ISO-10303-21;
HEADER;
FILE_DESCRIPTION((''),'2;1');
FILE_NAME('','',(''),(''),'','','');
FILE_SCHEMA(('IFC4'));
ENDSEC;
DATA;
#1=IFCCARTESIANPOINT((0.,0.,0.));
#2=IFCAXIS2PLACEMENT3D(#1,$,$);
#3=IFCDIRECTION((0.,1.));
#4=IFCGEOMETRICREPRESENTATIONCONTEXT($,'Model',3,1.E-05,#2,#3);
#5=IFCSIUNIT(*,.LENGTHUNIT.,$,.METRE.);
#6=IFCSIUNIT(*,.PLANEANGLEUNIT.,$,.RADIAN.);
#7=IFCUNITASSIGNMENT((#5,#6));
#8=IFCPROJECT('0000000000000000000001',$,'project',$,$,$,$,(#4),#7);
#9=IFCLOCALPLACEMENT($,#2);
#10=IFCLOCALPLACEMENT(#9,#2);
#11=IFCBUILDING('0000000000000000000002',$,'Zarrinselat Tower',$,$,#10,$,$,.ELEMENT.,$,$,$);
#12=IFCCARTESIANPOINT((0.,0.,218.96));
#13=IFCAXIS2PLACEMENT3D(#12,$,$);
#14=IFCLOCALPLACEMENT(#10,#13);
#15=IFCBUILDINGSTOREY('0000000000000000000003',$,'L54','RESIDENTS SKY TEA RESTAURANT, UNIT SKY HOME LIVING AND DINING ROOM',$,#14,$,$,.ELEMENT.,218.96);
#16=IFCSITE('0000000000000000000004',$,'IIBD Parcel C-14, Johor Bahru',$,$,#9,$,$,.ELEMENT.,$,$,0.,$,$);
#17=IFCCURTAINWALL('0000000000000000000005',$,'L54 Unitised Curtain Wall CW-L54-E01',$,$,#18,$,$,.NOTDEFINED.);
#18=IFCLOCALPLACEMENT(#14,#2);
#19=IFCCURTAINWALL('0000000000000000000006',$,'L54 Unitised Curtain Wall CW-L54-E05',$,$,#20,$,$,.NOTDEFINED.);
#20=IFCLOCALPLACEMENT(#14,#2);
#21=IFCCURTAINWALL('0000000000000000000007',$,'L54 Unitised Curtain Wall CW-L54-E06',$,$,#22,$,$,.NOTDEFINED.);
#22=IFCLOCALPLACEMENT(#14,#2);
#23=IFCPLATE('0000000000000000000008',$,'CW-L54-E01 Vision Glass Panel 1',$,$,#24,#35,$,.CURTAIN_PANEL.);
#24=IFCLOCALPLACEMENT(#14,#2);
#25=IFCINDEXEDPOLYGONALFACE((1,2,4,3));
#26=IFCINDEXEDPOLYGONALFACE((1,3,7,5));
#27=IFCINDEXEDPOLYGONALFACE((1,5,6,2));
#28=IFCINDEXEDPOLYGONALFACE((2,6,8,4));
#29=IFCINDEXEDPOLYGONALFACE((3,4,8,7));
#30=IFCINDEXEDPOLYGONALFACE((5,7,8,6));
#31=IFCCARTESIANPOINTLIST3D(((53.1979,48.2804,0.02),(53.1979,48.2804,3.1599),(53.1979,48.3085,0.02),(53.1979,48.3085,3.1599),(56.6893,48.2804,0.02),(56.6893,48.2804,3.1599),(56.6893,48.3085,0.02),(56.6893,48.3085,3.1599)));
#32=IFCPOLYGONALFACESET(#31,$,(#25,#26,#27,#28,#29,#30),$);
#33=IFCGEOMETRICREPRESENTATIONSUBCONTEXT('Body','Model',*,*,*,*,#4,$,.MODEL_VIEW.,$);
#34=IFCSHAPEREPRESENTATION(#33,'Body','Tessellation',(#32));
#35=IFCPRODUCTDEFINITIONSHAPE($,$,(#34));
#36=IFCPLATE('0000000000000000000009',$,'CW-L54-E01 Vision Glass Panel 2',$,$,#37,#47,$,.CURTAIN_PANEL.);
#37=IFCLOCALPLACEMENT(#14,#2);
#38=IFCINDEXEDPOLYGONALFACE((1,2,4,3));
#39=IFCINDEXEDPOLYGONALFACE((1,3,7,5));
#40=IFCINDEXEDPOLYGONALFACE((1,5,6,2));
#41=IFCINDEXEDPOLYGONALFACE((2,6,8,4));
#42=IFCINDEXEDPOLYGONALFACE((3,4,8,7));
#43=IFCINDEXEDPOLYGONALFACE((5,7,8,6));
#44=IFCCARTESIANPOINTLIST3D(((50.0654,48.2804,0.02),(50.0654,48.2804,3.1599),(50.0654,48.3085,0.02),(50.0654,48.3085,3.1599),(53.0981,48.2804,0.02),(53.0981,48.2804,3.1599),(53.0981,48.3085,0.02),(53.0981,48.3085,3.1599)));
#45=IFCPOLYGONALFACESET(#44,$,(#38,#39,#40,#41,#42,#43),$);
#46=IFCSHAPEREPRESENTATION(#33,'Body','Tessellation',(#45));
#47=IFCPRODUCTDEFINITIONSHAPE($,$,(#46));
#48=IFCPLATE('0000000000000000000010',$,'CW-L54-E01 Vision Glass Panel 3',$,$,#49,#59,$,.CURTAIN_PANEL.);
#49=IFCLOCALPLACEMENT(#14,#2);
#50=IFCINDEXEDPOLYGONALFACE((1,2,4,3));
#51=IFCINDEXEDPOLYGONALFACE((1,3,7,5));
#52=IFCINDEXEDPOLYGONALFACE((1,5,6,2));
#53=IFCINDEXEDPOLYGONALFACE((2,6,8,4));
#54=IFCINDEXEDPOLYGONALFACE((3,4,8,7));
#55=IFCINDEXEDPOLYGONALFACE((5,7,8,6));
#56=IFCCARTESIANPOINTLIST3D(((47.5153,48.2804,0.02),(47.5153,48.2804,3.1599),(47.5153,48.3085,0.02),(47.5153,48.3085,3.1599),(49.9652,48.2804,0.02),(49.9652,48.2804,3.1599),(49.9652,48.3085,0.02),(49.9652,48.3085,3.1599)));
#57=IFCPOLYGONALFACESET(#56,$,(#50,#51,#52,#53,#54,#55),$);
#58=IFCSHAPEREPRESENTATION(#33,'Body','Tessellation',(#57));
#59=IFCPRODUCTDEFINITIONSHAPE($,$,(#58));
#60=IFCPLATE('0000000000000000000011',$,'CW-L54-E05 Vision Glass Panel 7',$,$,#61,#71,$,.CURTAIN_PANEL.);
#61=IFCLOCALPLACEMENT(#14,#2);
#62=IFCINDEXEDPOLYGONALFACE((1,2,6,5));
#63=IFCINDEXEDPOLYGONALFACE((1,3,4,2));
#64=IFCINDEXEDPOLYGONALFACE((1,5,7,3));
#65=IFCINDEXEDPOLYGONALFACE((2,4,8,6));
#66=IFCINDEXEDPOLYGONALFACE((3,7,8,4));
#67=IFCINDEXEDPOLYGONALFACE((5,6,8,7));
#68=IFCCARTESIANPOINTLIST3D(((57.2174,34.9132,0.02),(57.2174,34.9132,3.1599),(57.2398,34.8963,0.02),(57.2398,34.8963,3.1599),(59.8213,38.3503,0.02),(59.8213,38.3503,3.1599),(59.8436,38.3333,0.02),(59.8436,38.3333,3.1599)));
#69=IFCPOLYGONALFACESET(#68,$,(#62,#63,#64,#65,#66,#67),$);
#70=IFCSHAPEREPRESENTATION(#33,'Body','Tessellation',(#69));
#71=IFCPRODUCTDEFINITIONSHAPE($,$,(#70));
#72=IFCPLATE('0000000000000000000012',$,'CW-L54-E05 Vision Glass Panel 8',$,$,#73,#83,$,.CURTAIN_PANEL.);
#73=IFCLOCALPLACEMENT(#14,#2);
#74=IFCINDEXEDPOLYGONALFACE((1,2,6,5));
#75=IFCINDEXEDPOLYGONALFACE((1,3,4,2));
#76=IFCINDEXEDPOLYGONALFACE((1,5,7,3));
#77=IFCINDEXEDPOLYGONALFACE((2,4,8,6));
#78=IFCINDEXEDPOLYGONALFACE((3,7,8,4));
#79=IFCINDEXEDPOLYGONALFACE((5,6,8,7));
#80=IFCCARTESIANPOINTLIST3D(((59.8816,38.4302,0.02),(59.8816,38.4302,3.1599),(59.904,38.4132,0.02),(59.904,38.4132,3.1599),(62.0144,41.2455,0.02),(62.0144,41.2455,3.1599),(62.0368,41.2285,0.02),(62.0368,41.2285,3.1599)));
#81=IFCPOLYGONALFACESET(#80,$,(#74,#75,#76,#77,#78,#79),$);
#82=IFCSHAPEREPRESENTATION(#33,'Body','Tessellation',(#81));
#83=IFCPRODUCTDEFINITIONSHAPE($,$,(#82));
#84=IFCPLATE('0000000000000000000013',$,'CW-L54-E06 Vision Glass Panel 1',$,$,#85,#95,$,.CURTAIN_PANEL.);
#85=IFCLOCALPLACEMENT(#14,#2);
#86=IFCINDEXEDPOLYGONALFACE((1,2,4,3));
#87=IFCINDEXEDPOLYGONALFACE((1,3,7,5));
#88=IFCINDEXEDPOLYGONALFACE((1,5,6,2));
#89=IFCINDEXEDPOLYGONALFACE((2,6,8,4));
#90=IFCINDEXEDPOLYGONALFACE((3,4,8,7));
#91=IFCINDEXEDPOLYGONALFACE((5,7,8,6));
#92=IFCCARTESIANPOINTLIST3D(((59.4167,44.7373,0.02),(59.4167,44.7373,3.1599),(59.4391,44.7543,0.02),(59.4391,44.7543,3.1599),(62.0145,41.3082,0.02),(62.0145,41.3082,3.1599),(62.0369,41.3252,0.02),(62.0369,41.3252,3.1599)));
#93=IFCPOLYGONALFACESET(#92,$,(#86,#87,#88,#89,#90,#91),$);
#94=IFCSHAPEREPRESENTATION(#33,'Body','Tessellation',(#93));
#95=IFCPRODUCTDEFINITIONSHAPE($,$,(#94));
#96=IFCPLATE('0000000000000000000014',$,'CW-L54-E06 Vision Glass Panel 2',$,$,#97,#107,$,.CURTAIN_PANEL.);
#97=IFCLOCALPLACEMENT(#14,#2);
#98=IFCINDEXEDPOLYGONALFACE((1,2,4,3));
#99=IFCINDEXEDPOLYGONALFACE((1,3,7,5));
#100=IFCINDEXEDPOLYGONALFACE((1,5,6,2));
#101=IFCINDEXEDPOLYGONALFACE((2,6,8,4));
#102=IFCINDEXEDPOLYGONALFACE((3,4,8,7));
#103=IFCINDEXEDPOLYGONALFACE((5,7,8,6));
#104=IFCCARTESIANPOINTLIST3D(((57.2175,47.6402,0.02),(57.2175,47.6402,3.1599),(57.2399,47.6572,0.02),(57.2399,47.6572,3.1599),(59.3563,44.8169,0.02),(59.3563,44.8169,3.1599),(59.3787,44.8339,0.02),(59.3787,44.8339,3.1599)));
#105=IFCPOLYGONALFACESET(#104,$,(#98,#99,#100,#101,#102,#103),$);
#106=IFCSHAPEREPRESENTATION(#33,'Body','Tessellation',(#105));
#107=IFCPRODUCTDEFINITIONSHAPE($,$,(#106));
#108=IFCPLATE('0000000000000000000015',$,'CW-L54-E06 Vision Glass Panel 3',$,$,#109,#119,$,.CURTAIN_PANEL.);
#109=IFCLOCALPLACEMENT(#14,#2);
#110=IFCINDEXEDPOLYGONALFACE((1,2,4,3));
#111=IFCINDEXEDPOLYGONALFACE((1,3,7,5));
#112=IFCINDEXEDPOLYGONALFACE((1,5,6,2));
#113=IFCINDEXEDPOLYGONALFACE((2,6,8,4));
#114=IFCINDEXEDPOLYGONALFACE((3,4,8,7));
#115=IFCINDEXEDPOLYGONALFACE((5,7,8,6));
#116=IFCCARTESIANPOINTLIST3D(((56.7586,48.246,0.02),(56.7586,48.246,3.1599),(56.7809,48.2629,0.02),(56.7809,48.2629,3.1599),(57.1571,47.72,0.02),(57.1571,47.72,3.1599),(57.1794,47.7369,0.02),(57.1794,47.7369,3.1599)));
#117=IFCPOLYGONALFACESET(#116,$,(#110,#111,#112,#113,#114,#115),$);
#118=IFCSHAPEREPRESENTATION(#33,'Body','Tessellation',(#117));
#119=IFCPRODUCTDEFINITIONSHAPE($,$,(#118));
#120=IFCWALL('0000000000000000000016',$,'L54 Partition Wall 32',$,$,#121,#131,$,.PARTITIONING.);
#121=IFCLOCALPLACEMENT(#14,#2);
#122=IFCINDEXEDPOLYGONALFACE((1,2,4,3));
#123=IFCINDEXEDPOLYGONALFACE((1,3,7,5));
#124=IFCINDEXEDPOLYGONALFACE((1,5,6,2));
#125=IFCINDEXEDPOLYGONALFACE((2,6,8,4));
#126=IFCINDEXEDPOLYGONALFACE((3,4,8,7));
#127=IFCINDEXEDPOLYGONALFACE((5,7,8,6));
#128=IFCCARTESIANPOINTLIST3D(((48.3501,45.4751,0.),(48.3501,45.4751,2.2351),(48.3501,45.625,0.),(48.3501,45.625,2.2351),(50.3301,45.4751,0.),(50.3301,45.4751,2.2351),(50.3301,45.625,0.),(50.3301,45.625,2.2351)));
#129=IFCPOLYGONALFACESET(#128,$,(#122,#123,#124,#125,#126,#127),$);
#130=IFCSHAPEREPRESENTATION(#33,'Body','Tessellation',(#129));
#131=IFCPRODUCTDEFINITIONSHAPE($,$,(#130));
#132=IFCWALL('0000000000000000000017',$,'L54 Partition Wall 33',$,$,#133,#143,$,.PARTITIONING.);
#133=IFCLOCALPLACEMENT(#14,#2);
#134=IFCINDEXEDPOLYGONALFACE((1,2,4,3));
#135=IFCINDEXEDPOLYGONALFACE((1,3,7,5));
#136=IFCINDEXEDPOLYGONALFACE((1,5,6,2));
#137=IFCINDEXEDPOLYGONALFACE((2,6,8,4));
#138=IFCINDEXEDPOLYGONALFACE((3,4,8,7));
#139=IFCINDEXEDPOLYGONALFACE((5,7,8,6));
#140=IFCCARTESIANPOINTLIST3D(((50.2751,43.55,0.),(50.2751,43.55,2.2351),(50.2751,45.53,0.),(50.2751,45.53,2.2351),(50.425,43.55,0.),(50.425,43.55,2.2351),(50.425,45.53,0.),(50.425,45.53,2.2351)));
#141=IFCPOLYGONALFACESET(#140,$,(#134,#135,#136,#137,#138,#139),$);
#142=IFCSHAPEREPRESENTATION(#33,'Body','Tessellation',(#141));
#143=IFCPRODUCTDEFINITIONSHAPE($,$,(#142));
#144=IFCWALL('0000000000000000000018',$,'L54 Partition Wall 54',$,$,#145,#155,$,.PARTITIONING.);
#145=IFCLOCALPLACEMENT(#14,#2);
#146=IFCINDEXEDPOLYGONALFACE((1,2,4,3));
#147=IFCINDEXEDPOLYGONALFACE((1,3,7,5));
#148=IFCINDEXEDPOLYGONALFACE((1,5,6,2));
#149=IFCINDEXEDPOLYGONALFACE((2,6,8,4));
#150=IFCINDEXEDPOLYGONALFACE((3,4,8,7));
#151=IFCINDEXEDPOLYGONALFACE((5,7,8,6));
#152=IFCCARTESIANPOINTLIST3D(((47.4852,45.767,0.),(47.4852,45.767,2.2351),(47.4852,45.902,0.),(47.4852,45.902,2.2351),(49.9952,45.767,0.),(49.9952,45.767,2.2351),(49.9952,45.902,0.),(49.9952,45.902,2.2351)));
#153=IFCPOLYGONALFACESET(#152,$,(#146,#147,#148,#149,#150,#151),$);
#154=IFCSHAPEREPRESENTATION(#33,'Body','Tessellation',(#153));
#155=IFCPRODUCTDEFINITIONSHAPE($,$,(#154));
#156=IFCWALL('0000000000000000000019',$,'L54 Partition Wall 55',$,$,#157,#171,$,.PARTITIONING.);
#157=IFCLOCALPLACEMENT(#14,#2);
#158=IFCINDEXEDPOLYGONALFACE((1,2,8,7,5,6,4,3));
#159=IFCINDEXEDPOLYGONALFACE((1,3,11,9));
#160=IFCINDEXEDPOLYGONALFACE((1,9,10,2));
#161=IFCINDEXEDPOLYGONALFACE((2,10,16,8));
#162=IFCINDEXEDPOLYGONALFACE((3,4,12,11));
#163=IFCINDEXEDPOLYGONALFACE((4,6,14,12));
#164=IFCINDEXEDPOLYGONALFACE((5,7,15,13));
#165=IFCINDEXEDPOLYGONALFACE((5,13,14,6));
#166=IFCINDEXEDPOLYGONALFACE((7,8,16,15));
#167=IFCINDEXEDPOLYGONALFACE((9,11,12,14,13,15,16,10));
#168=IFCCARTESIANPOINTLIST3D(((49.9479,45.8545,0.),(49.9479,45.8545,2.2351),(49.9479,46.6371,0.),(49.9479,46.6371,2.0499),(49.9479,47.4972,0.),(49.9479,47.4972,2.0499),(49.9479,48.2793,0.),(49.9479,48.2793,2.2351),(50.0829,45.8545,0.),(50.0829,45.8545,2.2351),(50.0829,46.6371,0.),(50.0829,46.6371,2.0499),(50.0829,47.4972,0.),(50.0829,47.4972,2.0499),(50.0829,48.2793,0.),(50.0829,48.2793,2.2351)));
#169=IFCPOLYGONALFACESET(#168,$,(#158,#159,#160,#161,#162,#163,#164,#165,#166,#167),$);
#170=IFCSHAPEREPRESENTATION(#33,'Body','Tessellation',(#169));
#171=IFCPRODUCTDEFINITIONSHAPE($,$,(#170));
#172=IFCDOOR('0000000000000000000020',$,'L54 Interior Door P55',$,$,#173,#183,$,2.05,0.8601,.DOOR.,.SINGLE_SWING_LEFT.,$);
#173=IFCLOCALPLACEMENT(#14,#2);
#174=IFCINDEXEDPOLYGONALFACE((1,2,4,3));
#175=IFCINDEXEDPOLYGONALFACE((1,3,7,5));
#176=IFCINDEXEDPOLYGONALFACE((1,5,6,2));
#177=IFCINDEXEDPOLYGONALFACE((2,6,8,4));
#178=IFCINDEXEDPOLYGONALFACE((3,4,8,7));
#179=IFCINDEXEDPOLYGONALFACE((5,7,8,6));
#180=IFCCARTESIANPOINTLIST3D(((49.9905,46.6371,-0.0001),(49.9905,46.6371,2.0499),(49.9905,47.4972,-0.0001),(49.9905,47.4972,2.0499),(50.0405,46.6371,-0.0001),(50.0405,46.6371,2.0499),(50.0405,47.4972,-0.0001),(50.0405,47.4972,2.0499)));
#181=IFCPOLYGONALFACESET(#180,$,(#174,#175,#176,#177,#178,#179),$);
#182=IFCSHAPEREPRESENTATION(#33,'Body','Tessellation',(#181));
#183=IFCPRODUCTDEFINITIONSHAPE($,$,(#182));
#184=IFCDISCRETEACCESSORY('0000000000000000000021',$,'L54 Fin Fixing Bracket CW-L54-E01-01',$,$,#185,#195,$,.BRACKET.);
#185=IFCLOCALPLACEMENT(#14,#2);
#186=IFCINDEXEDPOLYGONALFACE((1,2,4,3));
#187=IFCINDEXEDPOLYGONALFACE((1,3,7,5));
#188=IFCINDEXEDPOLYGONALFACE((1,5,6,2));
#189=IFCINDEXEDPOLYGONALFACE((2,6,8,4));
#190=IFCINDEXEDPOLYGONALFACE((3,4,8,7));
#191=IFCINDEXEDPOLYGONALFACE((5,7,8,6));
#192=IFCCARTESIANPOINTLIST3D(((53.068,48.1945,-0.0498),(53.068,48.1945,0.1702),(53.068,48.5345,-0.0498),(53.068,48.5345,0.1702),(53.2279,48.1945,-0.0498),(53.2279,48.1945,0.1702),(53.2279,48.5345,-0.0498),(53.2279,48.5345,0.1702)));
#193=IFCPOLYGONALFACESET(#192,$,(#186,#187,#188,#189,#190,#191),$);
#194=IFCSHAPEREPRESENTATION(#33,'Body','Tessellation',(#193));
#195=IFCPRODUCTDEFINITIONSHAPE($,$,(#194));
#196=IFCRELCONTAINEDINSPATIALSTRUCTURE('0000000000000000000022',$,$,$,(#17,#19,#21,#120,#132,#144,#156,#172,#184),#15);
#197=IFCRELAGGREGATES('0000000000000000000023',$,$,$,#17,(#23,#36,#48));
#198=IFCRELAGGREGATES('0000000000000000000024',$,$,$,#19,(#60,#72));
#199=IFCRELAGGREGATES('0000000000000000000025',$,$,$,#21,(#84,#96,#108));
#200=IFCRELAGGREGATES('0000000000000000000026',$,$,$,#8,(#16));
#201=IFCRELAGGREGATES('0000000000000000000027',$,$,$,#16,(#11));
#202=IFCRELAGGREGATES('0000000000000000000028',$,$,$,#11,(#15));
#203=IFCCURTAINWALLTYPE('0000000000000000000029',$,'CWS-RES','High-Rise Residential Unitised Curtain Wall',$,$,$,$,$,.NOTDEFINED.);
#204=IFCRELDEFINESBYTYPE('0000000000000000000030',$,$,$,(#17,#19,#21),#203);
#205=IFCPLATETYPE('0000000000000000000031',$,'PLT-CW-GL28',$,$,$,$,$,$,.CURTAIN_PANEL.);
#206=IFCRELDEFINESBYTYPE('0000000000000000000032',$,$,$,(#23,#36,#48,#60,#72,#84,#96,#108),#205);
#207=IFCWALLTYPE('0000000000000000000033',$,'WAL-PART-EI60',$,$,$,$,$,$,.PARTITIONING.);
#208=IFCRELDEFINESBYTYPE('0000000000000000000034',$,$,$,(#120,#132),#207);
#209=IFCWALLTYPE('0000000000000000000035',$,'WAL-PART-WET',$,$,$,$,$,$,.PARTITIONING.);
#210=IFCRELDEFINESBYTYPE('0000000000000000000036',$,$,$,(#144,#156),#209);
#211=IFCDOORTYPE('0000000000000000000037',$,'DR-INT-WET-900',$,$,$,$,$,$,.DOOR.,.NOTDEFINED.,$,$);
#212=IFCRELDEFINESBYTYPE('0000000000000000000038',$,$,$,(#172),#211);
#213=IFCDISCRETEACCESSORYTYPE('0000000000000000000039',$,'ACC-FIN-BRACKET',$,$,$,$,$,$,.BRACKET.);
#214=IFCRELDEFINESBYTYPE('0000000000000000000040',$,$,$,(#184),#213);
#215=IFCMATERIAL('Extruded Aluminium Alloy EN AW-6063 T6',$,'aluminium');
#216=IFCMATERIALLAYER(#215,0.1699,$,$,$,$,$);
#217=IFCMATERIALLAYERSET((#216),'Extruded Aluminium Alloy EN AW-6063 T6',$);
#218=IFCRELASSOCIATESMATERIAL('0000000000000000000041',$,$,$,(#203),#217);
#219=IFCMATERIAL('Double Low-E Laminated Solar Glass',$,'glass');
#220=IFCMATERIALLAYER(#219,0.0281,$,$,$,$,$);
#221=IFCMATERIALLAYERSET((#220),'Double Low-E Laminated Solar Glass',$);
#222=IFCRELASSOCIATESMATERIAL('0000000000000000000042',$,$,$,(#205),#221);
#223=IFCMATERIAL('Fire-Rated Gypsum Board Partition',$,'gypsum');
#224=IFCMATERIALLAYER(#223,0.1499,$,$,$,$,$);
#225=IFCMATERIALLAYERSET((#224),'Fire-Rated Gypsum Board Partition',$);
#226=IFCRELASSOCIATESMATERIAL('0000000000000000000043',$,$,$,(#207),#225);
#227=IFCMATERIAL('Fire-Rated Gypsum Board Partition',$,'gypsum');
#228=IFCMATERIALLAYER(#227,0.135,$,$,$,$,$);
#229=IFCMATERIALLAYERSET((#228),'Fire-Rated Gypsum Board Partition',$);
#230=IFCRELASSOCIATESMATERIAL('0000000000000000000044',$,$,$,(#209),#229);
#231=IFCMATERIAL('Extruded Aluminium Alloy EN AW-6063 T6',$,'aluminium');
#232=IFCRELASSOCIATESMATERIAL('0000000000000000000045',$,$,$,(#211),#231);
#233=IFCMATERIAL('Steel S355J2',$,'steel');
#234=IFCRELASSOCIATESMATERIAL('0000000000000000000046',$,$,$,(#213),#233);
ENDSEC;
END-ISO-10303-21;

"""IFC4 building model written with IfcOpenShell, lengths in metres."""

from ifc_helpers import new_model, si_unit, direction, frame, frame_2d, origin, origin_2d, place, context, subcontext, project, spatial, rectangle, extrude, material, layer, layer_set, type_object, element, fill, aggregate, save


model = new_model("IFC4")

# Units and contexts
model_context = context("Model", 3, precision=1e-05, world=origin(), true_north=direction((0.0, 1.0)))
body_context = subcontext(model_context, "Body", "Model", "MODEL_VIEW")
ifc_project = project(units=[si_unit("LENGTHUNIT", "METRE"), si_unit("PLANEANGLEUNIT", "RADIAN")], contexts=[model_context])

# Site, building, storey
site_placement = place(None, origin())
site = spatial("IfcSite", under=ifc_project, at=site_placement, Name="IIBD Parcel C-14, Johor Bahru", CompositionType="ELEMENT", RefElevation=0.0)
building_placement = place(site_placement, origin())
building = spatial("IfcBuilding", under=site, at=building_placement, Name="Zarrinselat Tower", CompositionType="ELEMENT")
storey_placement = place(building_placement, frame((0.0, 0.0, 218.96)))
storey = spatial("IfcBuildingStorey", under=building, at=storey_placement, Name="L54", Description="RESIDENTS SKY TEA RESTAURANT, UNIT SKY HOME LIVING AND DINING ROOM", CompositionType="ELEMENT", Elevation=218.96)

# Curtain walls
ifc_material_1 = material(Name="Extruded Aluminium Alloy EN AW-6063 T6", Category="aluminium")
ifc_layer_1 = layer(ifc_material_1, 0.1699)
ifc_layer_set_1 = layer_set([ifc_layer_1], Name="Extruded Aluminium Alloy EN AW-6063 T6")
curtain_wall_type = type_object("IfcCurtainWallType", Name="CWS-RES", Description="High-Rise Residential Unitised Curtain Wall", PredefinedType="NOTDEFINED", material=ifc_layer_set_1)
curtain_wall_1_placement = place(storey_placement, origin())
curtain_wall_1 = element("IfcCurtainWall", 1, at=curtain_wall_1_placement, inside=storey, type_object=curtain_wall_type, Name="L54 Unitised Curtain Wall CW-L54-E01", PredefinedType="NOTDEFINED")
curtain_wall_2_placement = place(storey_placement, origin())
curtain_wall_2 = element("IfcCurtainWall", 2, at=curtain_wall_2_placement, inside=storey, type_object=curtain_wall_type, Name="L54 Unitised Curtain Wall CW-L54-E05", PredefinedType="NOTDEFINED")
curtain_wall_3_placement = place(storey_placement, origin())
curtain_wall_3 = element("IfcCurtainWall", 3, at=curtain_wall_3_placement, inside=storey, type_object=curtain_wall_type, Name="L54 Unitised Curtain Wall CW-L54-E06", PredefinedType="NOTDEFINED")

# Plates
ifc_material_2 = material(Name="Double Low-E Laminated Solar Glass", Category="glass")
ifc_layer_2 = layer(ifc_material_2, 0.0281)
ifc_layer_set_2 = layer_set([ifc_layer_2], Name="Double Low-E Laminated Solar Glass")
plate_type = type_object("IfcPlateType", Name="PLT-CW-GL28", PredefinedType="CURTAIN_PANEL", material=ifc_layer_set_2)
plate_1_placement = place(storey_placement, frame((54.9436, 48.2944, 0.02), z_axis=(0.0, 0.0, 1.0), x_axis=(-1.0, 0.0, 0.0)))
plate_1 = element("IfcPlate", 4, at=plate_1_placement, type_object=plate_type, Name="CW-L54-E01 Vision Glass Panel 1", PredefinedType="CURTAIN_PANEL", context=body_context, shape_type="SweptSolid", body=[
    extrude(rectangle(XDim=3.4915, YDim=0.0281, at=origin_2d()), origin(), (0.0, 0.0, 1.0), 3.1399),
])
plate_2_placement = place(storey_placement, frame((51.5818, 48.2944, 0.02), z_axis=(0.0, 0.0, 1.0), x_axis=(-1.0, 0.0, 0.0)))
plate_2 = element("IfcPlate", 5, at=plate_2_placement, type_object=plate_type, Name="CW-L54-E01 Vision Glass Panel 2", PredefinedType="CURTAIN_PANEL", context=body_context, shape_type="SweptSolid", body=[
    extrude(rectangle(XDim=3.0327, YDim=0.0281, at=origin_2d()), origin(), (0.0, 0.0, 1.0), 3.1399),
])
plate_3_placement = place(storey_placement, frame((48.7402, 48.2944, 0.02), z_axis=(0.0, 0.0, 1.0), x_axis=(-1.0, 0.0, 0.0)))
plate_3 = element("IfcPlate", 6, at=plate_3_placement, type_object=plate_type, Name="CW-L54-E01 Vision Glass Panel 3", PredefinedType="CURTAIN_PANEL", context=body_context, shape_type="SweptSolid", body=[
    extrude(rectangle(XDim=2.45, YDim=0.0281, at=origin_2d()), origin(), (0.0, 0.0, 1.0), 3.1399),
])
aggregate(curtain_wall_1, [plate_1, plate_2, plate_3])
plate_4_placement = place(storey_placement, frame((58.5305, 36.6233, 0.02), z_axis=(0.0, 0.0, 1.0), x_axis=(0.603859, 0.797091, 0.0)))
plate_4 = element("IfcPlate", 7, at=plate_4_placement, type_object=plate_type, Name="CW-L54-E05 Vision Glass Panel 7", PredefinedType="CURTAIN_PANEL", context=body_context, shape_type="SweptSolid", body=[
    extrude(rectangle(XDim=4.312, YDim=0.0281, at=origin_2d()), origin(), (0.0, 0.0, 1.0), 3.1399),
])
plate_5_placement = place(storey_placement, frame((60.9592, 39.8293, 0.02), z_axis=(0.0, 0.0, 1.0), x_axis=(0.603859, 0.797091, 0.0)))
plate_5 = element("IfcPlate", 8, at=plate_5_placement, type_object=plate_type, Name="CW-L54-E05 Vision Glass Panel 8", PredefinedType="CURTAIN_PANEL", context=body_context, shape_type="SweptSolid", body=[
    extrude(rectangle(XDim=3.532, YDim=0.0281, at=origin_2d()), origin(), (0.0, 0.0, 1.0), 3.1399),
])
aggregate(curtain_wall_2, [plate_4, plate_5])
plate_6_placement = place(storey_placement, frame((60.7268, 43.0312, 0.02), z_axis=(0.0, 0.0, 1.0), x_axis=(-0.60386, 0.79709, 0.0)))
plate_6 = element("IfcPlate", 9, at=plate_6_placement, type_object=plate_type, Name="CW-L54-E06 Vision Glass Panel 1", PredefinedType="CURTAIN_PANEL", context=body_context, shape_type="SweptSolid", body=[
    extrude(rectangle(XDim=4.302, YDim=0.0281, at=origin_2d()), origin(), (0.0, 0.0, 1.0), 3.1399),
])
plate_7_placement = place(storey_placement, frame((58.2981, 46.2371, 0.02), z_axis=(0.0, 0.0, 1.0), x_axis=(-0.60386, 0.79709, 0.0)))
plate_7 = element("IfcPlate", 10, at=plate_7_placement, type_object=plate_type, Name="CW-L54-E06 Vision Glass Panel 2", PredefinedType="CURTAIN_PANEL", context=body_context, shape_type="SweptSolid", body=[
    extrude(rectangle(XDim=3.542, YDim=0.0281, at=origin_2d()), origin(), (0.0, 0.0, 1.0), 3.1399),
])
plate_8_placement = place(storey_placement, frame((56.969, 47.9915, 0.02), z_axis=(0.0, 0.0, 1.0), x_axis=(-0.60386, 0.79709, 0.0)))
plate_8 = element("IfcPlate", 11, at=plate_8_placement, type_object=plate_type, Name="CW-L54-E06 Vision Glass Panel 3", PredefinedType="CURTAIN_PANEL", context=body_context, shape_type="SweptSolid", body=[
    extrude(rectangle(XDim=0.6599, YDim=0.0281, at=origin_2d()), origin(), (0.0, 0.0, 1.0), 3.1399),
])
aggregate(curtain_wall_3, [plate_6, plate_7, plate_8])

# Walls
ifc_material_3 = material(Name="Fire-Rated Gypsum Board Partition", Category="gypsum")
ifc_layer_3 = layer(ifc_material_3, 0.1499)
ifc_layer_set_3 = layer_set([ifc_layer_3], Name="Fire-Rated Gypsum Board Partition")
wall_type_1 = type_object("IfcWallType", Name="WAL-PART-EI60", PredefinedType="PARTITIONING", material=ifc_layer_set_3)
for number, where, z_axis, x_axis, name in (
    (12, (48.3501, 45.55, 0.0), (0.0, 0.0, 1.0), (1.0, 0.0, 0.0), "L54 Partition Wall 32"),
    (13, (50.3501, 43.55, 0.0), (0.0, 0.0, 1.0), (0.0, 1.0, 0.0), "L54 Partition Wall 33"),
):
    element("IfcWall", number, at=place(storey_placement, frame(where, z_axis=z_axis, x_axis=x_axis)), inside=storey, type_object=wall_type_1, Name=name, PredefinedType="PARTITIONING", context=body_context, shape_type="SweptSolid", body=[
        extrude(rectangle(XDim=1.98, YDim=0.1499, at=frame_2d((0.99, 0.0))), origin(), (0.0, 0.0, 1.0), 2.2351),
    ])
ifc_material_4 = material(Name="Fire-Rated Gypsum Board Partition", Category="gypsum")
ifc_layer_4 = layer(ifc_material_4, 0.135)
ifc_layer_set_4 = layer_set([ifc_layer_4], Name="Fire-Rated Gypsum Board Partition")
wall_type_2 = type_object("IfcWallType", Name="WAL-PART-WET", PredefinedType="PARTITIONING", material=ifc_layer_set_4)
wall_1_placement = place(storey_placement, frame((47.4854, 45.8345, 0.0), z_axis=(0.0, 0.0, 1.0), x_axis=(1.0, 0.0, 0.0)))
element("IfcWall", 14, at=wall_1_placement, inside=storey, type_object=wall_type_2, Name="L54 Partition Wall 54", PredefinedType="PARTITIONING", context=body_context, shape_type="SweptSolid", body=[
    extrude(rectangle(XDim=2.51, YDim=0.135, at=frame_2d((1.2549, 0.0))), origin(), (0.0, 0.0, 1.0), 2.2351),
])

# Wall, opening, door
wall_2_placement = place(storey_placement, frame((50.0154, 45.8545, 0.0), z_axis=(0.0, 0.0, 1.0), x_axis=(0.0, 1.0, 0.0)))
wall_2 = element("IfcWall", 15, at=wall_2_placement, inside=storey, type_object=wall_type_2, Name="L54 Partition Wall 55", PredefinedType="PARTITIONING", context=body_context, shape_type="SweptSolid", body=[
    extrude(rectangle(XDim=2.4248, YDim=0.135, at=frame_2d((1.2124, 0.0))), origin(), (0.0, 0.0, 1.0), 2.2351),
])
opening_placement = place(wall_2_placement, frame((0.7825, 0.0, 0.0)))
opening = element("IfcOpeningElement", 16, at=opening_placement, cuts=wall_2, PredefinedType="OPENING", context=body_context, shape_type="SweptSolid", body=[
    extrude(rectangle(XDim=0.8601, YDim=2.05, at=frame_2d((0.4302, 1.0249))), frame((0.0, 0.0774, 0.0), z_axis=(0.0, -1.0, 0.0), x_axis=(1.0, 0.0, 0.0)), (0.0, 0.0, 1.0), 0.155),
])
ifc_material_5 = material(Name="Extruded Aluminium Alloy EN AW-6063 T6", Category="aluminium")
door_type = type_object("IfcDoorType", Name="DR-INT-WET-900", OperationType="NOTDEFINED", PredefinedType="DOOR", material=ifc_material_5)
door_placement = place(opening_placement, origin())
door = element("IfcDoor", 17, at=door_placement, inside=storey, type_object=door_type, Name="L54 Interior Door P55", OperationType="SINGLE_SWING_LEFT", OverallHeight=2.05, OverallWidth=0.8601, PredefinedType="DOOR", context=body_context, shape_type="SweptSolid", body=[
    extrude(rectangle(XDim=0.8601, YDim=2.05, at=frame_2d((0.4302, 1.0249))), frame((0.0, 0.0249, 0.0), z_axis=(0.0, -1.0, 0.0), x_axis=(1.0, 0.0, 0.0)), (0.0, 0.0, 1.0), 0.05),
])
fill(opening, door)

# Discrete accessory
ifc_material_6 = material(Name="Steel S355J2", Category="steel")
discrete_accessory_type = type_object("IfcDiscreteAccessoryType", Name="ACC-FIN-BRACKET", PredefinedType="BRACKET", material=ifc_material_6)
for number, where, z_axis, x_axis, name in (
    (18, (53.1479, 48.3645, -0.0498), (0.0, 0.0, 1.0), (0.0, 1.0, 0.0), "L54 Fin Fixing Bracket CW-L54-E01-01"),
):
    element("IfcDiscreteAccessory", number, at=place(storey_placement, frame(where, z_axis=z_axis, x_axis=x_axis)), inside=storey, type_object=discrete_accessory_type, Name=name, PredefinedType="BRACKET", context=body_context, shape_type="SweptSolid", body=[
        extrude(rectangle(XDim=0.3401, YDim=0.1599, at=origin_2d()), origin(), (0.0, 0.0, 1.0), 0.22),
    ])

save(model, "model.ifc")
